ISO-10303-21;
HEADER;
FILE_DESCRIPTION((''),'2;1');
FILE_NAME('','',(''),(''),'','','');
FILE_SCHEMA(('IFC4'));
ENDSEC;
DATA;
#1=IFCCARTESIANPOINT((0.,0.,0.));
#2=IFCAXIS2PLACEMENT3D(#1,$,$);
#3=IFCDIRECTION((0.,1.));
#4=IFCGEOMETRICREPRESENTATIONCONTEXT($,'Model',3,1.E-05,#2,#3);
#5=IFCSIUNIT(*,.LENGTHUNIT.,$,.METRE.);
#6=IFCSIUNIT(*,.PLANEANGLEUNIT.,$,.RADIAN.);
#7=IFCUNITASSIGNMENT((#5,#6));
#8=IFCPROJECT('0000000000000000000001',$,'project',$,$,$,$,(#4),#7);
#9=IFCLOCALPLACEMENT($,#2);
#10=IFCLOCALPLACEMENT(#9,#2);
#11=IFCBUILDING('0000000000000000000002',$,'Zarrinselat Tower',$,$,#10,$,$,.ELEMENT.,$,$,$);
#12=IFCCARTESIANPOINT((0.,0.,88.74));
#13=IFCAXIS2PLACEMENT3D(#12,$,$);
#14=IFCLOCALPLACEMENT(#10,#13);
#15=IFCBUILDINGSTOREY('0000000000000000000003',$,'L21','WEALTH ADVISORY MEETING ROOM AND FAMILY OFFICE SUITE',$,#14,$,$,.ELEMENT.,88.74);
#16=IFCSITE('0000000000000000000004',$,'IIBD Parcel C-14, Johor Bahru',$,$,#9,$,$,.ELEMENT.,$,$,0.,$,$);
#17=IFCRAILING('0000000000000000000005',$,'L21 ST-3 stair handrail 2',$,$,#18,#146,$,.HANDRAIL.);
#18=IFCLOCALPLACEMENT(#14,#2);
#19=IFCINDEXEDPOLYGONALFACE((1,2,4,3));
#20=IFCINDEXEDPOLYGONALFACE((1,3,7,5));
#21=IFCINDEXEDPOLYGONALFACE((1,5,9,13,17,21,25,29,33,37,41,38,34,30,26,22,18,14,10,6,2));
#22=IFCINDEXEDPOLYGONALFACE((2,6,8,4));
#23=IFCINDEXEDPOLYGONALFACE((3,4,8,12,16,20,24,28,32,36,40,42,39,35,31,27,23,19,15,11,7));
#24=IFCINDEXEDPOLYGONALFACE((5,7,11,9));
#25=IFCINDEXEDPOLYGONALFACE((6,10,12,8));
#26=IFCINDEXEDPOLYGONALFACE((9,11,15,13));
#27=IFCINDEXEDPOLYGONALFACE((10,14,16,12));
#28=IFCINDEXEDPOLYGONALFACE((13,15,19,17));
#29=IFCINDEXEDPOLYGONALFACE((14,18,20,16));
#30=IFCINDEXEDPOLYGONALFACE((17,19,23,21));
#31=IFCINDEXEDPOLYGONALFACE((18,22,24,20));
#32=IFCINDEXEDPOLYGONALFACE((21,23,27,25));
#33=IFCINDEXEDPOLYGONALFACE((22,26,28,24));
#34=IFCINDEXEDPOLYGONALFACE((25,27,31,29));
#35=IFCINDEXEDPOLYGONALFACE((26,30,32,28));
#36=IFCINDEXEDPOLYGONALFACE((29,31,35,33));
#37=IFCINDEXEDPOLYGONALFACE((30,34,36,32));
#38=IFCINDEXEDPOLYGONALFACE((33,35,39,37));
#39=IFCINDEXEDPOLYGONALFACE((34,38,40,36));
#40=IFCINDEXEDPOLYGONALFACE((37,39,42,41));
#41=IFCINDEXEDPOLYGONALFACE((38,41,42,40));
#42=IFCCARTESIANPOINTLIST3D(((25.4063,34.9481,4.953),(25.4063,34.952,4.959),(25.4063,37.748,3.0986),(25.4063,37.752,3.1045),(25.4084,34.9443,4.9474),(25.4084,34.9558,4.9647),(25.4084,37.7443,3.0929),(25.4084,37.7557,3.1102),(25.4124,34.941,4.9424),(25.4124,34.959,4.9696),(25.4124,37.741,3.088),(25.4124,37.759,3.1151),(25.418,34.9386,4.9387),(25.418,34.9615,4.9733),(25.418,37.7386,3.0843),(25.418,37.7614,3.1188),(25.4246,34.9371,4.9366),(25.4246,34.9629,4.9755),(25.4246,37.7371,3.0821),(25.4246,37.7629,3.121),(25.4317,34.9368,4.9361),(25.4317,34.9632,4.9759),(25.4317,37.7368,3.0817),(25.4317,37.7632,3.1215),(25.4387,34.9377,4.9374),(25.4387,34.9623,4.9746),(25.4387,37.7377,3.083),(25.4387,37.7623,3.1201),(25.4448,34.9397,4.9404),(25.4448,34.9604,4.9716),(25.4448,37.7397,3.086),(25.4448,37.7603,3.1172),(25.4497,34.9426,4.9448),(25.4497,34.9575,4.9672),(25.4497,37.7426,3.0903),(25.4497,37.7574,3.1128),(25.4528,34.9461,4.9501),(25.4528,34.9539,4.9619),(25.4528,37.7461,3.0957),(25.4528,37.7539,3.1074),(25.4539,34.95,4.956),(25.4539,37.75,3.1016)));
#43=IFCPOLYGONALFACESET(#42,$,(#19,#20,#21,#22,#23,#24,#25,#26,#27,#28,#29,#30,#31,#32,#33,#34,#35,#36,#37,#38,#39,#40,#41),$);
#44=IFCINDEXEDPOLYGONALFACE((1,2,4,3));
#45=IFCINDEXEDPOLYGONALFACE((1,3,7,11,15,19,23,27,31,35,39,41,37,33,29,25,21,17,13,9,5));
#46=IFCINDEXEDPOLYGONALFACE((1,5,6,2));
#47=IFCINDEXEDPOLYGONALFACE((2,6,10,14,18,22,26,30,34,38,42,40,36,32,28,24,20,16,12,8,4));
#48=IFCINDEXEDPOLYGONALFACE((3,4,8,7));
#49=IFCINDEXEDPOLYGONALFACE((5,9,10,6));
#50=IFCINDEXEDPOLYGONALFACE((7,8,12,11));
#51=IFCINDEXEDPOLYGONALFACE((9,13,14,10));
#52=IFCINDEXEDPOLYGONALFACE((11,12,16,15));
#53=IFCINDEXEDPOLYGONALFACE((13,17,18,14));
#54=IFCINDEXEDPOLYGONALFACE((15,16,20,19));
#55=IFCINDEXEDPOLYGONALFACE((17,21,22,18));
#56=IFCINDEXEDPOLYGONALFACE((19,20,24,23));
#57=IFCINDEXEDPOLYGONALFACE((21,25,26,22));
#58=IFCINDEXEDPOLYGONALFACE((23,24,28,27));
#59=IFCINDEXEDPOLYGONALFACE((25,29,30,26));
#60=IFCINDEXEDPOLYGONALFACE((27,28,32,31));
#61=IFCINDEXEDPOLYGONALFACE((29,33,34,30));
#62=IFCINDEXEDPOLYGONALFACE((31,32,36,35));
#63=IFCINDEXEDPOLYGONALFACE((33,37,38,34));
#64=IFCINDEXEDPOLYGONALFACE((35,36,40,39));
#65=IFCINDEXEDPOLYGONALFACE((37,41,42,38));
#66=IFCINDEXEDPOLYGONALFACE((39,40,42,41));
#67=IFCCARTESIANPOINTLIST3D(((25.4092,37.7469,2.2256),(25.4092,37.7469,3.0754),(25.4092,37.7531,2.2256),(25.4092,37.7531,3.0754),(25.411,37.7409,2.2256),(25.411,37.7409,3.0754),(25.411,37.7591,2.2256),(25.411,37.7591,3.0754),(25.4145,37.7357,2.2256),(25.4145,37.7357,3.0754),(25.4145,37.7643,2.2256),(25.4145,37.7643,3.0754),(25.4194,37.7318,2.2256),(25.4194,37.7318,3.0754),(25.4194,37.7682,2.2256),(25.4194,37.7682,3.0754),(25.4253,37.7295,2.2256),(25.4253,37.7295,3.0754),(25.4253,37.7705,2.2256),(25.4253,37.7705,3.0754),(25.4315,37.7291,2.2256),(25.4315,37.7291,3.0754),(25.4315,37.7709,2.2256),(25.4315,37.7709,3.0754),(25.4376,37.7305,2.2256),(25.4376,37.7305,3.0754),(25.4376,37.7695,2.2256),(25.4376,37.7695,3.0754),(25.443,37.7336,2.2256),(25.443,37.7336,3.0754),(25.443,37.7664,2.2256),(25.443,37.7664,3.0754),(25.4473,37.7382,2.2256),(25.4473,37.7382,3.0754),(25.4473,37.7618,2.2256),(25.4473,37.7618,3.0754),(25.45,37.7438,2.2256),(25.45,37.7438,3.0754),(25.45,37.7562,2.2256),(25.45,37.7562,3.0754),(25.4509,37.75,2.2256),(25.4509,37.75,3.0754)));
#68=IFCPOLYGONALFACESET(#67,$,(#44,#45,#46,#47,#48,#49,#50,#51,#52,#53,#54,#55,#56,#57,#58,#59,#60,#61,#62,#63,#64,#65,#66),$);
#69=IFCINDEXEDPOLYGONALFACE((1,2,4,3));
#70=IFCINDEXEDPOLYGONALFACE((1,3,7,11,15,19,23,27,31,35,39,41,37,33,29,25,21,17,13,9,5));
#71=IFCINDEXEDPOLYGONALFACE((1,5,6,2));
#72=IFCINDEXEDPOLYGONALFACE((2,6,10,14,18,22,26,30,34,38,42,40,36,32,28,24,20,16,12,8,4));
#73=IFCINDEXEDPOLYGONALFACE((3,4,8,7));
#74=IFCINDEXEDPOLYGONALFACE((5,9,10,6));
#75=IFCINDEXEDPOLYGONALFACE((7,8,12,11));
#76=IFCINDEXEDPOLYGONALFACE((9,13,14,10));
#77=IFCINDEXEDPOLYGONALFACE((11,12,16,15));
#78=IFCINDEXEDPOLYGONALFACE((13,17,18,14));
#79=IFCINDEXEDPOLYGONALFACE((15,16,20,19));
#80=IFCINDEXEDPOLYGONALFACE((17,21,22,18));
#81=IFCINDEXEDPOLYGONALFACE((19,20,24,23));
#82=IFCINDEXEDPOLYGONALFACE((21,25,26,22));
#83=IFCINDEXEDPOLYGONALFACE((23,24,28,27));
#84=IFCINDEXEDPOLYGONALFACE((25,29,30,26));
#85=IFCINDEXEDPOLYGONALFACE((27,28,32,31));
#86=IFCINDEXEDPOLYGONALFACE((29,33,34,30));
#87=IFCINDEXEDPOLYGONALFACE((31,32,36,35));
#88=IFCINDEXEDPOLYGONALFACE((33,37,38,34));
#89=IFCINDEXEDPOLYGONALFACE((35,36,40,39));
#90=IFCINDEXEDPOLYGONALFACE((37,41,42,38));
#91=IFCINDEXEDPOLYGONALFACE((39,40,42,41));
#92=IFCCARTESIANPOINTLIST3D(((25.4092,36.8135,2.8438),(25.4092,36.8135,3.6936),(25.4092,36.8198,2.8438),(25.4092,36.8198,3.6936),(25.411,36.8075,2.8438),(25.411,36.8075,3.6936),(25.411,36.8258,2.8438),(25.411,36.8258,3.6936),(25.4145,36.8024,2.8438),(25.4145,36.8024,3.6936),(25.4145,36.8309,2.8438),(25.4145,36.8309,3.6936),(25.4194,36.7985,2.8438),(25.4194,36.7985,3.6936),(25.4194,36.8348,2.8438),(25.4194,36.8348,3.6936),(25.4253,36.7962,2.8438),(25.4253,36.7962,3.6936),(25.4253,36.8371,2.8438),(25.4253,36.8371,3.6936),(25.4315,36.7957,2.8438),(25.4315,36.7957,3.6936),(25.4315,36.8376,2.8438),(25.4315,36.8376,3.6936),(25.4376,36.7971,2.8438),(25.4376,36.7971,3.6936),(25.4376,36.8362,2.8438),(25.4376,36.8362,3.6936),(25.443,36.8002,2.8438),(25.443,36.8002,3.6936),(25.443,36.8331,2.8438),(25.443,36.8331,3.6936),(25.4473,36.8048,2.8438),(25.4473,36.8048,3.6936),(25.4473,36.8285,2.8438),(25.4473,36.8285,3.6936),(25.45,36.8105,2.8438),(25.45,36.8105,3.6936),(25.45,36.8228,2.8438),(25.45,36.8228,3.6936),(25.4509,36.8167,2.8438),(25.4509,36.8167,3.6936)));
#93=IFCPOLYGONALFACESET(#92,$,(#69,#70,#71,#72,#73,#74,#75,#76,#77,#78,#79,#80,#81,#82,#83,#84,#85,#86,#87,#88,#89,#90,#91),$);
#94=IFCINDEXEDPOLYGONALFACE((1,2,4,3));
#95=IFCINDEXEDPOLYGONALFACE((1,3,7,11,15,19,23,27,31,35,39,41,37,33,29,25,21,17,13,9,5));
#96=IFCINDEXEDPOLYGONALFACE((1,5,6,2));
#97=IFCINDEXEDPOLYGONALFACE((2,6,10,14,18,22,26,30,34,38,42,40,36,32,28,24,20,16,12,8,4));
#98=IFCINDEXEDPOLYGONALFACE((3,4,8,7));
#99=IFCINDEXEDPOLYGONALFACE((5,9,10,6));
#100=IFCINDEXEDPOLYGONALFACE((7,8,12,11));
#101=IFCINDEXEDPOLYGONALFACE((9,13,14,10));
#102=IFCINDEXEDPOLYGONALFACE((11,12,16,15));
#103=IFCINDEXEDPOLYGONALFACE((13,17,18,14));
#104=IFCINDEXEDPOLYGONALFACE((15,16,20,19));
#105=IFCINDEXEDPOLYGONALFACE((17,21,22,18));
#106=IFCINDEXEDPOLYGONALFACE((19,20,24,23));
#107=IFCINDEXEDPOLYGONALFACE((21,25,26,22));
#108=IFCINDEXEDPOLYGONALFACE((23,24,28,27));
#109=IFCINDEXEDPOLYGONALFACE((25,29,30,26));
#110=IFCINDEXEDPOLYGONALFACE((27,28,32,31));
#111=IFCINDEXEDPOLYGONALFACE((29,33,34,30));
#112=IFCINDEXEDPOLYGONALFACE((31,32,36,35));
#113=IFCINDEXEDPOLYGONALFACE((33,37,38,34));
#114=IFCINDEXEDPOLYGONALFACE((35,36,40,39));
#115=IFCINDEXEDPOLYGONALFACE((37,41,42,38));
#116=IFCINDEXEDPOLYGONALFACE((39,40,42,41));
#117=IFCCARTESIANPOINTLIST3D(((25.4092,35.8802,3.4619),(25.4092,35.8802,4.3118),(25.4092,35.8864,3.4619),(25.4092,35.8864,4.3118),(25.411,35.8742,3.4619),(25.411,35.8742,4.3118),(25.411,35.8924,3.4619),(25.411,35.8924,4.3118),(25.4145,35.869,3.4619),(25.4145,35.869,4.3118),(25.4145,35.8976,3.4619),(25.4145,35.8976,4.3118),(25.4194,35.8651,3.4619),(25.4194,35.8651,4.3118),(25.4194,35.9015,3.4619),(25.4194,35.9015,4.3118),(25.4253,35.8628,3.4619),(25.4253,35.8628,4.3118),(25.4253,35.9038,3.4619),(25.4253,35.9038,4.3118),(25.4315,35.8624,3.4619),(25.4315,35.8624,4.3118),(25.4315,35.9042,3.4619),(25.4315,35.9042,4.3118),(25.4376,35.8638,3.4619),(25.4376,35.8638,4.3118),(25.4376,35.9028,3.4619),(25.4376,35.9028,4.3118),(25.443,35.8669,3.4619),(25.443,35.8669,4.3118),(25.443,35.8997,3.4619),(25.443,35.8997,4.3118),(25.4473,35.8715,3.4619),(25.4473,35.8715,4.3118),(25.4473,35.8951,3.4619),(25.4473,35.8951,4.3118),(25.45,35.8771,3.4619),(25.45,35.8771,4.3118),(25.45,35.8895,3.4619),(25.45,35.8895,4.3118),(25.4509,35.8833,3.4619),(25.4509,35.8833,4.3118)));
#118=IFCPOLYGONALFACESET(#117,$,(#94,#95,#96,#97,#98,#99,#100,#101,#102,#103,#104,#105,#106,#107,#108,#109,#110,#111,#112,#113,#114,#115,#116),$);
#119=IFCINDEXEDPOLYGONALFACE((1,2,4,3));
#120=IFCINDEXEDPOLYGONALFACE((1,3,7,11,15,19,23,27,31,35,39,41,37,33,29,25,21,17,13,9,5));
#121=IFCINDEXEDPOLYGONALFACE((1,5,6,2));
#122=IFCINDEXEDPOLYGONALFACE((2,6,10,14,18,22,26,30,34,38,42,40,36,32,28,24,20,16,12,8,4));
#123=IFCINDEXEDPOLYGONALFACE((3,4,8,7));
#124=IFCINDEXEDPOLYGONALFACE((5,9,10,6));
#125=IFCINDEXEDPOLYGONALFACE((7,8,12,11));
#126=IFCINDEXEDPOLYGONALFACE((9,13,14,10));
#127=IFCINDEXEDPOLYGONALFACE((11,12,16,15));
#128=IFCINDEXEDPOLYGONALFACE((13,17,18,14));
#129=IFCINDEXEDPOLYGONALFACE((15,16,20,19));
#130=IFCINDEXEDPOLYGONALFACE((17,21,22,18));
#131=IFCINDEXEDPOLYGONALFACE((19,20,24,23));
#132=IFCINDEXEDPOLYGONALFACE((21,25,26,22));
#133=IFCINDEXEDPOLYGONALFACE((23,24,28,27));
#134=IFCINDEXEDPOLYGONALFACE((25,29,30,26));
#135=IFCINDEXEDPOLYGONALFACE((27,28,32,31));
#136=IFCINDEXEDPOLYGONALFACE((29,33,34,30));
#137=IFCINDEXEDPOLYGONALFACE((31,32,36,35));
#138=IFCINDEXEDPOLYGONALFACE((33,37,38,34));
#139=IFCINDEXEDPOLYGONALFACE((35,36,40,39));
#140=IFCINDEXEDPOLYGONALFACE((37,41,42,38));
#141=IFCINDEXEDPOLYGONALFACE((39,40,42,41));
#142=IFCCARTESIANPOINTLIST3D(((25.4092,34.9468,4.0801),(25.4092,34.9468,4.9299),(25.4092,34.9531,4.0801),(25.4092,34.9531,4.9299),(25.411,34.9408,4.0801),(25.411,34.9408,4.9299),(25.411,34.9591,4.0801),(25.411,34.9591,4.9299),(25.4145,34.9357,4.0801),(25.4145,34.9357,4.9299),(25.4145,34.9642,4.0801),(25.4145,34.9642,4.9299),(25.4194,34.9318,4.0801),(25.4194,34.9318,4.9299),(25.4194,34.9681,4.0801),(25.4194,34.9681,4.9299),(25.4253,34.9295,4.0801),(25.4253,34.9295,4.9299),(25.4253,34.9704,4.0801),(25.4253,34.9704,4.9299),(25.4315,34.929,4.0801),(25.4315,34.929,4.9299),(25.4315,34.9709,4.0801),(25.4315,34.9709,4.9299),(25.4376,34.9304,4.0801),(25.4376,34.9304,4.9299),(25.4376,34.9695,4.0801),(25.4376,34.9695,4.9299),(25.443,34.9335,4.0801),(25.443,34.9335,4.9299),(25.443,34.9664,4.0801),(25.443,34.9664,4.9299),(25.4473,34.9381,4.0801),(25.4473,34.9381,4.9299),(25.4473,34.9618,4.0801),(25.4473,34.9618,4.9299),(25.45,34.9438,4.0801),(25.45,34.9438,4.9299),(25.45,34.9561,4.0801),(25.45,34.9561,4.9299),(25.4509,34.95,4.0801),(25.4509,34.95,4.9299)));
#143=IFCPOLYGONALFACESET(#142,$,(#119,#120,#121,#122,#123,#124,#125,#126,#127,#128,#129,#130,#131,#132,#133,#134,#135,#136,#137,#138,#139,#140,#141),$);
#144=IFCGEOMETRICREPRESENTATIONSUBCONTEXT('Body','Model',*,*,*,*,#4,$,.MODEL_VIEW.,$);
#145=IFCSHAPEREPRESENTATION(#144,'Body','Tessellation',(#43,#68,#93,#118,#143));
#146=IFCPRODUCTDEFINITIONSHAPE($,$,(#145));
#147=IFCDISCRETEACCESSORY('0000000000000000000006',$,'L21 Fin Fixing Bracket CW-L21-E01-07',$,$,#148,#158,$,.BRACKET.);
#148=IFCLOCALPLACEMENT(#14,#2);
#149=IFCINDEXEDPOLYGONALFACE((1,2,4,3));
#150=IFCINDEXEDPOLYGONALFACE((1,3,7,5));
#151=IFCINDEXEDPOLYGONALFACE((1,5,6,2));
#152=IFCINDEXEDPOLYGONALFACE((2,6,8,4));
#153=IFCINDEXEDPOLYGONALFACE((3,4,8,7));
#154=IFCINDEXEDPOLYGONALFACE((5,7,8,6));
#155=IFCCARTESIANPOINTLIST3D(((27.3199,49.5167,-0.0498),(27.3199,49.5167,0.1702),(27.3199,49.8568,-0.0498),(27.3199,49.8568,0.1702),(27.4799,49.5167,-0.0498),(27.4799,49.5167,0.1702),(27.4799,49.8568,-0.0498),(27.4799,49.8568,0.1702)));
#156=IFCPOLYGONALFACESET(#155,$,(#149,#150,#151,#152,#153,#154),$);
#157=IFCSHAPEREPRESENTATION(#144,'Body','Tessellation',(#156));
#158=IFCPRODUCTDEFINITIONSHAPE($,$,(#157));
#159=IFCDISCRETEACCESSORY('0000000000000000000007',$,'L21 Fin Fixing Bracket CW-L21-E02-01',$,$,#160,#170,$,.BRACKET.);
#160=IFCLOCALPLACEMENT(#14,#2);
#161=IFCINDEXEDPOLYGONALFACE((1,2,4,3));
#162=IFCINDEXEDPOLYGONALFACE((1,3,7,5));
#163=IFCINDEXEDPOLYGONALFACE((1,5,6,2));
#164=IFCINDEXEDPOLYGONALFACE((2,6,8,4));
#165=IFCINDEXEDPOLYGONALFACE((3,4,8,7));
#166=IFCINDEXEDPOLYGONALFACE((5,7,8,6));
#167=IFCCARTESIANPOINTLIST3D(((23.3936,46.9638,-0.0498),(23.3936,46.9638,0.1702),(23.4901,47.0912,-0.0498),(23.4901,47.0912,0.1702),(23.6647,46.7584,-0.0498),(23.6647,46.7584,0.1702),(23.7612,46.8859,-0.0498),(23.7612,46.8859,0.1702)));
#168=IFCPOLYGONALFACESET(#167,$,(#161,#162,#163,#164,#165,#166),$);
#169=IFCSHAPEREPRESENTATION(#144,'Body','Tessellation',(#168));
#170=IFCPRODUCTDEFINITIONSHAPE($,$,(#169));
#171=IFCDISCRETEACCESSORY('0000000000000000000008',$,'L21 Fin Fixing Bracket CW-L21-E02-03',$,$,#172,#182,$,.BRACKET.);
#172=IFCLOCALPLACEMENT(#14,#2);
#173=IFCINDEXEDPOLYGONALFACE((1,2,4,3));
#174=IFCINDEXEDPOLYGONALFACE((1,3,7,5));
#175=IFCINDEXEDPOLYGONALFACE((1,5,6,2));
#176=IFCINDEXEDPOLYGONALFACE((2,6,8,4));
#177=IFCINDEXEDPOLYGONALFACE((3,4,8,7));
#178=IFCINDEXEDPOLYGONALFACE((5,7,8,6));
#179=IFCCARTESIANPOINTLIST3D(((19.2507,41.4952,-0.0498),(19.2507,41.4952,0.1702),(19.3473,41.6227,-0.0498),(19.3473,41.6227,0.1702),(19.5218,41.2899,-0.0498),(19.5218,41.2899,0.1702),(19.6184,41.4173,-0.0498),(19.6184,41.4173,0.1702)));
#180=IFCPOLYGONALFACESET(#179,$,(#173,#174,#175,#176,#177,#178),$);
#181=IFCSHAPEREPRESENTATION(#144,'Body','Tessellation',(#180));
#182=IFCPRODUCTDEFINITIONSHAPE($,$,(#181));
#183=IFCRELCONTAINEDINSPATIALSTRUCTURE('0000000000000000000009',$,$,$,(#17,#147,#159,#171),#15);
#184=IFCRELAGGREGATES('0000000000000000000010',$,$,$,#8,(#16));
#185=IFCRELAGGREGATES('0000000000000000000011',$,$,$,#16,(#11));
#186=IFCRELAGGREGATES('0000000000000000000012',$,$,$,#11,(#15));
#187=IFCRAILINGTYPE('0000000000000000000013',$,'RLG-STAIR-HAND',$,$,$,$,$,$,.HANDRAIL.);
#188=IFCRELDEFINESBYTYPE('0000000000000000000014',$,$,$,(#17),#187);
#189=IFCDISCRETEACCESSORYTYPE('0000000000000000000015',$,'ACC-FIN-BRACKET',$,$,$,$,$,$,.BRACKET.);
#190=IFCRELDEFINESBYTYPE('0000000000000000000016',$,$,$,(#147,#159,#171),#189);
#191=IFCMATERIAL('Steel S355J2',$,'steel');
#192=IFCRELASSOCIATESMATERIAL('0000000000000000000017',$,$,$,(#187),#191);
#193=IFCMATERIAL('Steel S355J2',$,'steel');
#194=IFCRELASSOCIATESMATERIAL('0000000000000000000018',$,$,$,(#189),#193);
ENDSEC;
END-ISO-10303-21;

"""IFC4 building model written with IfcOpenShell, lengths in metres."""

from ifc_helpers import new_model, si_unit, direction, frame, origin, origin_2d, place, context, subcontext, project, spatial, rectangle, circle, extrude, material, type_object, element, save


model = new_model("IFC4")

# Units and contexts
model_context = context("Model", 3, precision=1e-05, world=origin(), true_north=direction((0.0, 1.0)))
body_context = subcontext(model_context, "Body", "Model", "MODEL_VIEW")
ifc_project = project(units=[si_unit("LENGTHUNIT", "METRE"), si_unit("PLANEANGLEUNIT", "RADIAN")], contexts=[model_context])

# Site, building, storey
site_placement = place(None, origin())
site = spatial("IfcSite", under=ifc_project, at=site_placement, Name="IIBD Parcel C-14, Johor Bahru", CompositionType="ELEMENT", RefElevation=0.0)
building_placement = place(site_placement, origin())
building = spatial("IfcBuilding", under=site, at=building_placement, Name="Zarrinselat Tower", CompositionType="ELEMENT")
storey_placement = place(building_placement, frame((0.0, 0.0, 88.74)))
storey = spatial("IfcBuildingStorey", under=building, at=storey_placement, Name="L21", Description="WEALTH ADVISORY MEETING ROOM AND FAMILY OFFICE SUITE", CompositionType="ELEMENT", Elevation=88.74)

# Railing
ifc_material_1 = material(Name="Steel S355J2", Category="steel")
railing_type_1 = type_object("IfcRailingType", Name="RLG-STAIR-HAND", PredefinedType="HANDRAIL", material=ifc_material_1)
railing_1_placement = place(storey_placement, frame((25.4299, 37.75, 2.2256)))
element("IfcRailing", 1, at=railing_1_placement, inside=storey, type_object=railing_type_1, Name="L21 ST-3 stair handrail 2", PredefinedType="HANDRAIL", context=body_context, shape_type="SweptSolid", body=[
    extrude(circle(Radius=0.0239, at=origin_2d()), frame((0.0, 0.0, 0.876), z_axis=(0.0, -0.833724, 0.552181), x_axis=(1.0, 0.0, 0.0)), (0.0, 0.0, 1.0), 3.3584),
    extrude(circle(Radius=0.021, at=origin_2d()), origin(), (0.0, 0.0, 1.0), 0.8499),
    extrude(circle(Radius=0.021, at=origin_2d()), frame((0.0, -0.9333, 0.6182)), (0.0, 0.0, 1.0), 0.8499),
    extrude(circle(Radius=0.021, at=origin_2d()), frame((0.0, -1.8667, 1.2363)), (0.0, 0.0, 1.0), 0.8499),
    extrude(circle(Radius=0.021, at=origin_2d()), frame((0.0, -2.8, 1.8545)), (0.0, 0.0, 1.0), 0.8499),
])

# Discrete accessories
ifc_material_2 = material(Name="Steel S355J2", Category="steel")
discrete_accessory_type = type_object("IfcDiscreteAccessoryType", Name="ACC-FIN-BRACKET", PredefinedType="BRACKET", material=ifc_material_2)
for number, where, z_axis, x_axis, name in (
    (2, (27.3999, 49.6868, -0.0498), (0.0, 0.0, 1.0), (0.0, 1.0, 0.0), "L21 Fin Fixing Bracket CW-L21-E01-07"),
    (3, (23.5774, 46.9248, -0.0498), (0.0, 0.0, 1.0), (-0.797093, 0.603857, 0.0), "L21 Fin Fixing Bracket CW-L21-E02-01"),
    (4, (19.4346, 41.4563, -0.0498), (0.0, 0.0, 1.0), (-0.797093, 0.603857, 0.0), "L21 Fin Fixing Bracket CW-L21-E02-03"),
):
    element("IfcDiscreteAccessory", number, at=place(storey_placement, frame(where, z_axis=z_axis, x_axis=x_axis)), inside=storey, type_object=discrete_accessory_type, Name=name, PredefinedType="BRACKET", context=body_context, shape_type="SweptSolid", body=[
        extrude(rectangle(XDim=0.3401, YDim=0.1599, at=origin_2d()), origin(), (0.0, 0.0, 1.0), 0.22),
    ])

save(model, "model.ifc")
